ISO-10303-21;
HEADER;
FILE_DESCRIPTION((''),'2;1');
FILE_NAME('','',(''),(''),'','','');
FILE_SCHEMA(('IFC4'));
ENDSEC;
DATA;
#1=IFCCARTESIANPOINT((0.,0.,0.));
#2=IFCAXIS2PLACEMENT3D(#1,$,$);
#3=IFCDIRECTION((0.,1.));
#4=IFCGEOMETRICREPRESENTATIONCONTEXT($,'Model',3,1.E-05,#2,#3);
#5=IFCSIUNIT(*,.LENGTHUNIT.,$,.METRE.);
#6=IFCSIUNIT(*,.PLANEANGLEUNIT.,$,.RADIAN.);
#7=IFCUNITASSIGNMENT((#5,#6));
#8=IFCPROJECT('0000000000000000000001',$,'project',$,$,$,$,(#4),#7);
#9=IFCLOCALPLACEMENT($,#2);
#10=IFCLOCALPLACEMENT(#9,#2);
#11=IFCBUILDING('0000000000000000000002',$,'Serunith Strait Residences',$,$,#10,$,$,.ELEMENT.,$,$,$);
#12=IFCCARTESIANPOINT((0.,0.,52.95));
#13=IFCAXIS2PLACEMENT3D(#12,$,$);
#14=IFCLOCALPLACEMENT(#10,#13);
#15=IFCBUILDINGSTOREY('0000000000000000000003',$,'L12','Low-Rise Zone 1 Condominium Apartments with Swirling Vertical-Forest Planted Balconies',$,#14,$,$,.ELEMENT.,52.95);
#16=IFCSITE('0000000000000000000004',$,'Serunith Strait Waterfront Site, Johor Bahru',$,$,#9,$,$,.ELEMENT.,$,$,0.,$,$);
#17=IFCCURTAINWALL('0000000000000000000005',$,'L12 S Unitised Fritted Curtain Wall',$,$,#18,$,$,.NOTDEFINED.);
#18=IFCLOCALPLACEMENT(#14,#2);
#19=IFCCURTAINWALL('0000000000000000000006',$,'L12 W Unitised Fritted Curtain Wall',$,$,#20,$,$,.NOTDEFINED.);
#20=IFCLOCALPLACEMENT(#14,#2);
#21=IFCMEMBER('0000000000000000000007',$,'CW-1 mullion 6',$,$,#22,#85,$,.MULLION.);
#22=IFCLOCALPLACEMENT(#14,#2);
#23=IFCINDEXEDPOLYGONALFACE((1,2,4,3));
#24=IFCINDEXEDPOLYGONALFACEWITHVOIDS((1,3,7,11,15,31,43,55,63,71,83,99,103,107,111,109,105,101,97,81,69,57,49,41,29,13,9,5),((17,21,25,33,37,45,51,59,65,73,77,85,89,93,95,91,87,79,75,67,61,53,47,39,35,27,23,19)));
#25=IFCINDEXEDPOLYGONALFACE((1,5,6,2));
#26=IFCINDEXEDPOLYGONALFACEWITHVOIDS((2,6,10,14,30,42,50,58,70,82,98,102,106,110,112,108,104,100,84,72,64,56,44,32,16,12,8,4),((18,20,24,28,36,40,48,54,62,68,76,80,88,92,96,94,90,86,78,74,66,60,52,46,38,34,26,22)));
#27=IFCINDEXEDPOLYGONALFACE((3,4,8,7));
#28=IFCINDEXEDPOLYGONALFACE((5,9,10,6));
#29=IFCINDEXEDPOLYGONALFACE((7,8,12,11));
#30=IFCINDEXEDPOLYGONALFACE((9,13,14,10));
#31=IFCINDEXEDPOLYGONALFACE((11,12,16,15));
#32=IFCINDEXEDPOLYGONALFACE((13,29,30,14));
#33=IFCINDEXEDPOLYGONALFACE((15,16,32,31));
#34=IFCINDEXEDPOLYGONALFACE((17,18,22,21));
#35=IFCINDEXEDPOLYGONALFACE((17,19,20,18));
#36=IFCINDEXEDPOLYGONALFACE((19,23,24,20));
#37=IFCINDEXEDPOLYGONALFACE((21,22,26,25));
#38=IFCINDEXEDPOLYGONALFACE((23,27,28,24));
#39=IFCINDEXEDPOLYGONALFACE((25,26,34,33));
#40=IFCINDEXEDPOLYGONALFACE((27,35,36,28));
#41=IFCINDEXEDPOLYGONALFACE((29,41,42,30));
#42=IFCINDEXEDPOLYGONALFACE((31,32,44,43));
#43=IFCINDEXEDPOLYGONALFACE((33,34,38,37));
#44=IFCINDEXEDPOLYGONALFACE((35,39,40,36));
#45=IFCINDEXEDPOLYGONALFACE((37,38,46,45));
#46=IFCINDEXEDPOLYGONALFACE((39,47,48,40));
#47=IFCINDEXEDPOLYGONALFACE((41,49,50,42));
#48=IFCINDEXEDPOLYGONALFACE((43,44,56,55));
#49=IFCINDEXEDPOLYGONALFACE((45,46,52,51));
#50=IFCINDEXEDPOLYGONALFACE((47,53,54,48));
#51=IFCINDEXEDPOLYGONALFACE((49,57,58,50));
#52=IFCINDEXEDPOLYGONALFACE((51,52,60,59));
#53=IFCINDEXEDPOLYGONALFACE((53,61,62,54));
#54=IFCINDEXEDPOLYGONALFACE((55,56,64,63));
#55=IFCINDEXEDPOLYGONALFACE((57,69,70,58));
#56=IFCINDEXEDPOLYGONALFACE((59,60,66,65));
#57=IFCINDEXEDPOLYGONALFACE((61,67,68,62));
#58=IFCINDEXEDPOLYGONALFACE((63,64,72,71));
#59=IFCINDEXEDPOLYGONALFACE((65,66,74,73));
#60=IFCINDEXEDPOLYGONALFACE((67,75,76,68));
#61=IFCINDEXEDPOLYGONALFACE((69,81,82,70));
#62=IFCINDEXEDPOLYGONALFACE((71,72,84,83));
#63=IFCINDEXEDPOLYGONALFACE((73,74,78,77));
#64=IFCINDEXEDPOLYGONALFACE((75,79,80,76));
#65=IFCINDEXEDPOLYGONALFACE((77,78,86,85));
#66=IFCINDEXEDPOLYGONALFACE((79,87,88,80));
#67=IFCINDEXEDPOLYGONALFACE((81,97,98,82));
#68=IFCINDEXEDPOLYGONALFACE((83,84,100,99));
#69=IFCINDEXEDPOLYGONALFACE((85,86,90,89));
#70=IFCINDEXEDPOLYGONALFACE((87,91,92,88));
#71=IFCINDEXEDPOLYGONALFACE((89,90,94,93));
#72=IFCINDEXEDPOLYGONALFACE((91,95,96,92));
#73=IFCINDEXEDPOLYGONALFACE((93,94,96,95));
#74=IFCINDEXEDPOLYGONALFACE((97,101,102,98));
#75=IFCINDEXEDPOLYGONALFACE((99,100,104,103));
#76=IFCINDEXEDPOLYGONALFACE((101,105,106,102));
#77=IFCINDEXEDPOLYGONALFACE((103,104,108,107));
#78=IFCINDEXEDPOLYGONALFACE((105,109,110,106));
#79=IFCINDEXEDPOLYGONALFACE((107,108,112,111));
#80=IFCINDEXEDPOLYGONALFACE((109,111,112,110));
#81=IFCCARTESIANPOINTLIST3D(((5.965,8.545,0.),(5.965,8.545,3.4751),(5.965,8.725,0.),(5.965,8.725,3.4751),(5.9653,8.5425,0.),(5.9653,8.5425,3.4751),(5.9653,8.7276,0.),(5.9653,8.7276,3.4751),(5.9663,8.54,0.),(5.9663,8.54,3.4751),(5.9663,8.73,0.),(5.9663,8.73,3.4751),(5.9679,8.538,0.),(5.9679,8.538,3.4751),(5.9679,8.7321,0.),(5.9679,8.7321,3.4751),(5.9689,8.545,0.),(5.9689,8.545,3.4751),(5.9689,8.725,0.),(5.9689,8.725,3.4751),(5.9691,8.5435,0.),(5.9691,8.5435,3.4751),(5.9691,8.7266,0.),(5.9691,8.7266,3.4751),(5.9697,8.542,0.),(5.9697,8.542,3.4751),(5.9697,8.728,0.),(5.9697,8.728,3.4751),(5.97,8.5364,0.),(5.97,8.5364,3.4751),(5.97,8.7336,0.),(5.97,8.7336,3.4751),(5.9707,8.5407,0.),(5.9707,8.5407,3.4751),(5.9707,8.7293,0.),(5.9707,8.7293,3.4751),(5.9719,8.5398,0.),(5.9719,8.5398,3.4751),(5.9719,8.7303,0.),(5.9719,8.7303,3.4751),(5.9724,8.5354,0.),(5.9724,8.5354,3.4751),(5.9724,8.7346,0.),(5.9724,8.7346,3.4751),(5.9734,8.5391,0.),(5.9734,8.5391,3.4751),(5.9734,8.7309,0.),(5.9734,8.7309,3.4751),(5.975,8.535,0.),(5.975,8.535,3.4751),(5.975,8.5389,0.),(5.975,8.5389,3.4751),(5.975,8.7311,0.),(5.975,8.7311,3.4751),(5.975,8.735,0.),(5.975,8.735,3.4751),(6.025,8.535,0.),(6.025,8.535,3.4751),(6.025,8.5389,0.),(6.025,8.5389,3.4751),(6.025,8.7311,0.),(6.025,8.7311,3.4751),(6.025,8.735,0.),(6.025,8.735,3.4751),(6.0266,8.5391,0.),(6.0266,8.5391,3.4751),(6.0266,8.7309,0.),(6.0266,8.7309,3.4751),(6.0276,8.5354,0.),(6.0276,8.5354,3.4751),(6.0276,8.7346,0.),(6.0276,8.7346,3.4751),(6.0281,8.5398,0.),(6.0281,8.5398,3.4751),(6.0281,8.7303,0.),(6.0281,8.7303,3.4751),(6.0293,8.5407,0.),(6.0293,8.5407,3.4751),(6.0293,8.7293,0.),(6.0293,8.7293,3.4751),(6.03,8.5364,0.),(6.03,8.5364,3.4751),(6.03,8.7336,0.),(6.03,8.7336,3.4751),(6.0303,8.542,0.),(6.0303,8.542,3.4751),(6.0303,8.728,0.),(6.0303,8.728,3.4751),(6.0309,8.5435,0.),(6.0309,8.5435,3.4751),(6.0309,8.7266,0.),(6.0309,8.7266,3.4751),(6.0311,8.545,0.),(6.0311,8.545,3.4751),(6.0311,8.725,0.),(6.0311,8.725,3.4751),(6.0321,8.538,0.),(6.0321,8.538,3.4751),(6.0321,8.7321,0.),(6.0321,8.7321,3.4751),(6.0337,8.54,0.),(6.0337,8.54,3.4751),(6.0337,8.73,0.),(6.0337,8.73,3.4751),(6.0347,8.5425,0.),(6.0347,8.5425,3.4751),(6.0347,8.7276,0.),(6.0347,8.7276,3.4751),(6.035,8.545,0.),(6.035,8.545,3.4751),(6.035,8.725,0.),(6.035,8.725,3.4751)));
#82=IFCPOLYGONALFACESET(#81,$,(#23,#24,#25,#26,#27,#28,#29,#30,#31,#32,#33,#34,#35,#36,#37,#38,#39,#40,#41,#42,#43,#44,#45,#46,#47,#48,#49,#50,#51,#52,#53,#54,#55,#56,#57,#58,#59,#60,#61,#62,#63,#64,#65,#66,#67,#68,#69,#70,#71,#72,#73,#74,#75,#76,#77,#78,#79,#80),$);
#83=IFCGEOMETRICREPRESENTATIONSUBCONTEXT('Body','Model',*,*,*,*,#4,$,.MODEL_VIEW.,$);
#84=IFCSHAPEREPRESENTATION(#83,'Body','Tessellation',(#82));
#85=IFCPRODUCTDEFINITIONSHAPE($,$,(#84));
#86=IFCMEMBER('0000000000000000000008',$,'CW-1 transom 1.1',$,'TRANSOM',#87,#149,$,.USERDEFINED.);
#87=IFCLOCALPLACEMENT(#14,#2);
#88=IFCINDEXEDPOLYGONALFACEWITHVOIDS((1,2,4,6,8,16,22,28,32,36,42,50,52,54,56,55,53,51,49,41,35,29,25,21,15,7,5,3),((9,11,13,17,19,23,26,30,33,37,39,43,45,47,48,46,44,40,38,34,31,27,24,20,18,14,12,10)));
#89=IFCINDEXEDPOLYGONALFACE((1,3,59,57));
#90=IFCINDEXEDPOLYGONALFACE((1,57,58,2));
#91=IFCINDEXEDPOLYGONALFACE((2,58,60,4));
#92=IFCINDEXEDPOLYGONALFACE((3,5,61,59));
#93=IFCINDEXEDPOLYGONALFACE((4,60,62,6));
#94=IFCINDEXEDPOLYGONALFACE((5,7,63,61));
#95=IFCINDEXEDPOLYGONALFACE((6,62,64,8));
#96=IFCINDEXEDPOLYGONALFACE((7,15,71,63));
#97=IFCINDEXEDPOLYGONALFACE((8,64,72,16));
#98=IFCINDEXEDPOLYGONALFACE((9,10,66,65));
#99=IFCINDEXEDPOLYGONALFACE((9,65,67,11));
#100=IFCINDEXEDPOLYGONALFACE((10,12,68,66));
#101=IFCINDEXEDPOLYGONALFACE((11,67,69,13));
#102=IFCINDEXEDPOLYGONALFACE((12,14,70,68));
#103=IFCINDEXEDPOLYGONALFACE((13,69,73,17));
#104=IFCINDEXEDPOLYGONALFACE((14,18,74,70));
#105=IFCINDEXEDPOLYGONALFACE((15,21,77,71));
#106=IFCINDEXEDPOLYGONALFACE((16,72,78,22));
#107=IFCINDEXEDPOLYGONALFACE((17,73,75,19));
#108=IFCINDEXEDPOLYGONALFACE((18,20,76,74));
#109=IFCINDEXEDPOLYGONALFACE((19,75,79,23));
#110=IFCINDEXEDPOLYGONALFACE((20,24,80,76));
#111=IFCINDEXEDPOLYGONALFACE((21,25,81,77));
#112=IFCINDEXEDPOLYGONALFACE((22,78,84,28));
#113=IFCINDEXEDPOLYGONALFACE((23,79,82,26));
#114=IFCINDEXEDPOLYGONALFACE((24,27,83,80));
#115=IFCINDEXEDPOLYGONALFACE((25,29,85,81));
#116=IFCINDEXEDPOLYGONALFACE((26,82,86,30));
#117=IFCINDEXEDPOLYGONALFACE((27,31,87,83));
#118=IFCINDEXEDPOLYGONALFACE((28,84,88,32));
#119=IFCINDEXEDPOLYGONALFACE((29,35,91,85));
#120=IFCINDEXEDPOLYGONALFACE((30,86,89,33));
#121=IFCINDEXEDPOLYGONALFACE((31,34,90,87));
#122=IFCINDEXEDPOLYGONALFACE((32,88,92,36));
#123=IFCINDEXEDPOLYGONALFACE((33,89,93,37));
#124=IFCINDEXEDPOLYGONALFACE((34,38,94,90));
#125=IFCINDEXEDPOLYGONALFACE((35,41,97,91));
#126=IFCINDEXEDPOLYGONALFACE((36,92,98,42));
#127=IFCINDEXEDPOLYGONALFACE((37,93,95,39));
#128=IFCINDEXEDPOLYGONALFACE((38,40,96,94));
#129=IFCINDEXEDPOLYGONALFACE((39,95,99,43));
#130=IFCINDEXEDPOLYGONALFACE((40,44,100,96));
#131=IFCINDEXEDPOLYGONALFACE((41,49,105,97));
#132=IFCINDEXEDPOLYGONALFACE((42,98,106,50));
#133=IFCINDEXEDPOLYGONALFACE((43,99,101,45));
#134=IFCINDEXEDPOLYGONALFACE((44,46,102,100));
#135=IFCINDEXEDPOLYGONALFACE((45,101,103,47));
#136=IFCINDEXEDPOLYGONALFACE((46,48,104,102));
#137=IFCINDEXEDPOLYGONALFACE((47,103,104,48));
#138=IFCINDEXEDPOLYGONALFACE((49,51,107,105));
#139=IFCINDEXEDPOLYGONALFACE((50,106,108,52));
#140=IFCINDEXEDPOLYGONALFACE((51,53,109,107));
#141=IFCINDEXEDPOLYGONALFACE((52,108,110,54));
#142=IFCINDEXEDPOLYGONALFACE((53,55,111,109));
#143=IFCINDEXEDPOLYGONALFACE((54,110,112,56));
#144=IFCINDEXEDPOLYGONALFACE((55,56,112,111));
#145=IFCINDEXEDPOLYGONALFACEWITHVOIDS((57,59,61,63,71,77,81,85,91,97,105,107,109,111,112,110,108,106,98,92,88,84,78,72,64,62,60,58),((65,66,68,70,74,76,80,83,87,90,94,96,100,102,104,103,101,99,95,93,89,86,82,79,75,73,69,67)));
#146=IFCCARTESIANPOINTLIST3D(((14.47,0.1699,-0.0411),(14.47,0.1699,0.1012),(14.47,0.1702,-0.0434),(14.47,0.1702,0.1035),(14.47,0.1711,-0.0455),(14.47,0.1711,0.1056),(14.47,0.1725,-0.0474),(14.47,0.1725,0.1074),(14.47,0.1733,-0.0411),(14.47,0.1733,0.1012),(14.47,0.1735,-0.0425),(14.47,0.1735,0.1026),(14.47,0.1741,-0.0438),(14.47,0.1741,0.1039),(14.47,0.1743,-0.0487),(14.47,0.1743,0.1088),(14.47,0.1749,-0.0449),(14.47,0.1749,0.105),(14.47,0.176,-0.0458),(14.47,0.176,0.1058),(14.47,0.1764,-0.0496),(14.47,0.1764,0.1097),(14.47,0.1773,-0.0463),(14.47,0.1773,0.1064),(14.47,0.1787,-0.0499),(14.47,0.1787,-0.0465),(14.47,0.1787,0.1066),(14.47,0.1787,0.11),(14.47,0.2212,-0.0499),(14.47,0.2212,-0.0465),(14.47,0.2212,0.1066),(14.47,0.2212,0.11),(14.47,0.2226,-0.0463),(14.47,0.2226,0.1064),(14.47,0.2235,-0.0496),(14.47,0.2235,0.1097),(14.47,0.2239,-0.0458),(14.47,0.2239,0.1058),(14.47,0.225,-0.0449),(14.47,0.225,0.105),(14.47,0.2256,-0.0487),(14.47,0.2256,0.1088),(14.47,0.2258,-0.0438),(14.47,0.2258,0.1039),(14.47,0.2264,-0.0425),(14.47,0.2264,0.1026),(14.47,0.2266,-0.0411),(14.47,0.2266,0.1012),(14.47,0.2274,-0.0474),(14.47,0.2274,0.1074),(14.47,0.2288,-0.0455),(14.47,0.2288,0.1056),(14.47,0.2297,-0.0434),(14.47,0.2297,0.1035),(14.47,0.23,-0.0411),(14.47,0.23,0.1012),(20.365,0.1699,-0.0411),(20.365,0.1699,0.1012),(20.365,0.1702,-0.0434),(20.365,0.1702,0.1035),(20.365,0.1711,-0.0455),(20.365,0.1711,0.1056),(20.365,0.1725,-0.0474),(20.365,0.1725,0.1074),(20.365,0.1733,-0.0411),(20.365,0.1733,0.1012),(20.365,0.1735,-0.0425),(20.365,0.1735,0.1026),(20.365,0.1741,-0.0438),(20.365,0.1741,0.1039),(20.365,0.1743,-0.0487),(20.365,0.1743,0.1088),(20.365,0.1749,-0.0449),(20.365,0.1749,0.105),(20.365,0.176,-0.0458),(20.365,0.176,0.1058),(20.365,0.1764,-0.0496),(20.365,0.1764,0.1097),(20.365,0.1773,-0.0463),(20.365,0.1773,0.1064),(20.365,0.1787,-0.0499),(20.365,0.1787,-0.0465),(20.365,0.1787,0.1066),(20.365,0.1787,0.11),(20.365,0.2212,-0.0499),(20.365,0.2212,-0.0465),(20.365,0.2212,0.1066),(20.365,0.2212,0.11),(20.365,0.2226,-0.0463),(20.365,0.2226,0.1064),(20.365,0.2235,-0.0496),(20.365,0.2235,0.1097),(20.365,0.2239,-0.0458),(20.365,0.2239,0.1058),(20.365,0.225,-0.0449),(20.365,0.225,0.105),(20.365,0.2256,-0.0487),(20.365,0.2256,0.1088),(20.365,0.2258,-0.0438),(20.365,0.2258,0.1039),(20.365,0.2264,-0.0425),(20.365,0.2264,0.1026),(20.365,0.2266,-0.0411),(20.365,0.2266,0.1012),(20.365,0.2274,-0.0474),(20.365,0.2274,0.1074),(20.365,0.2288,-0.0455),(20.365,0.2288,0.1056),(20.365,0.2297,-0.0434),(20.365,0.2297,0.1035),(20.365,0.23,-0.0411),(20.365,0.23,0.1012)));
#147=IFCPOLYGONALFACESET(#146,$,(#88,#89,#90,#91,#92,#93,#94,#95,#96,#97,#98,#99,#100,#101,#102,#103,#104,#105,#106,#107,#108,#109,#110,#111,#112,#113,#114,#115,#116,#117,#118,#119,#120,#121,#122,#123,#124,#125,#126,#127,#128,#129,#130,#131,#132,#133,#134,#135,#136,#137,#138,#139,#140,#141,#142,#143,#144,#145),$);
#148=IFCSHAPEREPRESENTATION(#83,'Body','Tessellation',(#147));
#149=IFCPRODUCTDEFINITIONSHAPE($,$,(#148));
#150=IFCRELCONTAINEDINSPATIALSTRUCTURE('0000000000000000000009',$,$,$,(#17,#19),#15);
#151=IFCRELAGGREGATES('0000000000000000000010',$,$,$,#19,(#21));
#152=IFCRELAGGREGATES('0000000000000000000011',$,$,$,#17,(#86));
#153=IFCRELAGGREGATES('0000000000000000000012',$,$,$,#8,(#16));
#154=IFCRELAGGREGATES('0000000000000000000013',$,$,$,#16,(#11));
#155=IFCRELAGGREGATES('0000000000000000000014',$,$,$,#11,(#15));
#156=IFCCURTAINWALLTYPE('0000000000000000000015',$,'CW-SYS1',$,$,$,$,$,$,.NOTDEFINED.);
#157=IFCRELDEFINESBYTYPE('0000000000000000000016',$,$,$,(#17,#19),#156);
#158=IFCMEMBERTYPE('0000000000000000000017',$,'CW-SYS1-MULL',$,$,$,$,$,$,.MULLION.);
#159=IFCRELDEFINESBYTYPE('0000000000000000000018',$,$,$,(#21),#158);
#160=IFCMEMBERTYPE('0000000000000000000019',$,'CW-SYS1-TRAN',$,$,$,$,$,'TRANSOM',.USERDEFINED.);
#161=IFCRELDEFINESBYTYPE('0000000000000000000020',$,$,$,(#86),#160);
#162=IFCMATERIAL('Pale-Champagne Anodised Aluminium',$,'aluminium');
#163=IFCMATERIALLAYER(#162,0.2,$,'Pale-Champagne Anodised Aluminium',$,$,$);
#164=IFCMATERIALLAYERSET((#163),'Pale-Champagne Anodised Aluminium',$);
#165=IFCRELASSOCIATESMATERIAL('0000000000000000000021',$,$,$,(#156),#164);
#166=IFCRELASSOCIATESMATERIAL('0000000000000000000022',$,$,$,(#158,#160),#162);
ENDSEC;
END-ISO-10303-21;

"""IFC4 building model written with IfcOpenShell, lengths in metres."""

from ifc_helpers import new_model, si_unit, direction, frame, origin, origin_2d, place, context, subcontext, project, spatial, hollow_rectangle, extrude, source, transform, mapped, material, layer, layer_set, material_profile, profile_set, type_object, element, aggregate, save


model = new_model("IFC4")

# Units and contexts
model_context = context("Model", 3, precision=1e-05, world=origin(), true_north=direction((0.0, 1.0)))
body_context = subcontext(model_context, "Body", "Model", "MODEL_VIEW")
ifc_project = project(units=[si_unit("LENGTHUNIT", "METRE"), si_unit("PLANEANGLEUNIT", "RADIAN")], contexts=[model_context])

# Site, building, storey
site_placement = place(None, origin())
site = spatial("IfcSite", under=ifc_project, at=site_placement, Name="Serunith Strait Waterfront Site, Johor Bahru", CompositionType="ELEMENT", RefElevation=0.0)
building_placement = place(site_placement, origin())
building = spatial("IfcBuilding", under=site, at=building_placement, Name="Serunith Strait Residences", CompositionType="ELEMENT")
storey_placement = place(building_placement, frame((0.0, 0.0, 52.95)))
storey = spatial("IfcBuildingStorey", under=building, at=storey_placement, Name="L12", Description="Low-Rise Zone 1 Condominium Apartments with Swirling Vertical-Forest Planted Balconies", CompositionType="ELEMENT", Elevation=52.95)

# Curtain walls, member
ifc_material_1 = material(Name="Pale-Champagne Anodised Aluminium", Category="aluminium")
ifc_layer_1 = layer(ifc_material_1, 0.2, Name="Pale-Champagne Anodised Aluminium")
ifc_layer_set_1 = layer_set([ifc_layer_1], Name="Pale-Champagne Anodised Aluminium")
curtain_wall_type = type_object("IfcCurtainWallType", Name="CW-SYS1", PredefinedType="NOTDEFINED", material=ifc_layer_set_1)
curtain_wall_1_placement = place(storey_placement, origin())
curtain_wall_1 = element("IfcCurtainWall", 1, at=curtain_wall_1_placement, inside=storey, type_object=curtain_wall_type, Name="L12 S Unitised Fritted Curtain Wall", PredefinedType="NOTDEFINED")
ifc_material_profile_1 = material_profile(ifc_material_1, hollow_rectangle(XDim=0.0701, YDim=0.2, WallThickness=0.0039, InnerFilletRadius=0.0061, OuterFilletRadius=0.01, at=origin_2d()), Name="ALU 200x70x4")
ifc_profile_set_1 = profile_set([ifc_material_profile_1], Name="Pale-Champagne Anodised Aluminium")
member_type_1 = type_object("IfcMemberType", Name="CW-SYS1-MULL", PredefinedType="MULLION", material=ifc_profile_set_1)
shared_shape_1 = source(origin(), body_context, "Body", "SweptSolid", [
    extrude(hollow_rectangle(XDim=0.0701, YDim=0.2, WallThickness=0.0039, InnerFilletRadius=0.0061, OuterFilletRadius=0.01, at=origin_2d()), origin(), (0.0, 0.0, 1.0), 3.4751),
])
curtain_wall_2_placement = place(storey_placement, origin())
curtain_wall_2 = element("IfcCurtainWall", 2, at=curtain_wall_2_placement, inside=storey, type_object=curtain_wall_type, Name="L12 W Unitised Fritted Curtain Wall", PredefinedType="NOTDEFINED")
member_1_placement = place(storey_placement, frame((6.0, 8.635, 0.0), z_axis=(0.0, 0.0, 1.0), x_axis=(1.0, 0.0, 0.0)))
member_1 = element("IfcMember", 3, at=member_1_placement, type_object=member_type_1, Name="CW-1 mullion 6", PredefinedType="MULLION", context=body_context, shape_type="MappedRepresentation", body=[
    mapped(shared_shape_1, transform((0.0, 0.0, 0.0), scale=1.0)),
])
aggregate(curtain_wall_2, [member_1])

# Member
ifc_material_profile_2 = material_profile(ifc_material_1, hollow_rectangle(XDim=0.0601, YDim=0.1599, WallThickness=0.0034, InnerFilletRadius=0.0054, OuterFilletRadius=0.0088, at=origin_2d()), Name="ALU 160x60x3.5")
ifc_profile_set_2 = profile_set([ifc_material_profile_2], Name="Pale-Champagne Anodised Aluminium")
member_type_2 = type_object("IfcMemberType", Name="CW-SYS1-TRAN", ElementType="TRANSOM", PredefinedType="USERDEFINED", material=ifc_profile_set_2)
shared_shape_2 = source(origin(), body_context, "Body", "SweptSolid", [
    extrude(hollow_rectangle(XDim=0.0601, YDim=0.1599, WallThickness=0.0034, InnerFilletRadius=0.0054, OuterFilletRadius=0.0088, at=origin_2d()), origin(), (0.0, 0.0, 1.0), 5.895),
])
member_2_placement = place(storey_placement, frame((14.47, 0.2, 0.03), z_axis=(1.0, 0.0, 0.0), x_axis=(0.0, 1.0, 0.0)))
member_2 = element("IfcMember", 4, at=member_2_placement, type_object=member_type_2, Name="CW-1 transom 1.1", ObjectType="TRANSOM", PredefinedType="USERDEFINED", context=body_context, shape_type="MappedRepresentation", body=[
    mapped(shared_shape_2, transform((0.0, 0.0, 0.0), scale=1.0)),
])
aggregate(curtain_wall_1, [member_2])

save(model, "model.ifc")
